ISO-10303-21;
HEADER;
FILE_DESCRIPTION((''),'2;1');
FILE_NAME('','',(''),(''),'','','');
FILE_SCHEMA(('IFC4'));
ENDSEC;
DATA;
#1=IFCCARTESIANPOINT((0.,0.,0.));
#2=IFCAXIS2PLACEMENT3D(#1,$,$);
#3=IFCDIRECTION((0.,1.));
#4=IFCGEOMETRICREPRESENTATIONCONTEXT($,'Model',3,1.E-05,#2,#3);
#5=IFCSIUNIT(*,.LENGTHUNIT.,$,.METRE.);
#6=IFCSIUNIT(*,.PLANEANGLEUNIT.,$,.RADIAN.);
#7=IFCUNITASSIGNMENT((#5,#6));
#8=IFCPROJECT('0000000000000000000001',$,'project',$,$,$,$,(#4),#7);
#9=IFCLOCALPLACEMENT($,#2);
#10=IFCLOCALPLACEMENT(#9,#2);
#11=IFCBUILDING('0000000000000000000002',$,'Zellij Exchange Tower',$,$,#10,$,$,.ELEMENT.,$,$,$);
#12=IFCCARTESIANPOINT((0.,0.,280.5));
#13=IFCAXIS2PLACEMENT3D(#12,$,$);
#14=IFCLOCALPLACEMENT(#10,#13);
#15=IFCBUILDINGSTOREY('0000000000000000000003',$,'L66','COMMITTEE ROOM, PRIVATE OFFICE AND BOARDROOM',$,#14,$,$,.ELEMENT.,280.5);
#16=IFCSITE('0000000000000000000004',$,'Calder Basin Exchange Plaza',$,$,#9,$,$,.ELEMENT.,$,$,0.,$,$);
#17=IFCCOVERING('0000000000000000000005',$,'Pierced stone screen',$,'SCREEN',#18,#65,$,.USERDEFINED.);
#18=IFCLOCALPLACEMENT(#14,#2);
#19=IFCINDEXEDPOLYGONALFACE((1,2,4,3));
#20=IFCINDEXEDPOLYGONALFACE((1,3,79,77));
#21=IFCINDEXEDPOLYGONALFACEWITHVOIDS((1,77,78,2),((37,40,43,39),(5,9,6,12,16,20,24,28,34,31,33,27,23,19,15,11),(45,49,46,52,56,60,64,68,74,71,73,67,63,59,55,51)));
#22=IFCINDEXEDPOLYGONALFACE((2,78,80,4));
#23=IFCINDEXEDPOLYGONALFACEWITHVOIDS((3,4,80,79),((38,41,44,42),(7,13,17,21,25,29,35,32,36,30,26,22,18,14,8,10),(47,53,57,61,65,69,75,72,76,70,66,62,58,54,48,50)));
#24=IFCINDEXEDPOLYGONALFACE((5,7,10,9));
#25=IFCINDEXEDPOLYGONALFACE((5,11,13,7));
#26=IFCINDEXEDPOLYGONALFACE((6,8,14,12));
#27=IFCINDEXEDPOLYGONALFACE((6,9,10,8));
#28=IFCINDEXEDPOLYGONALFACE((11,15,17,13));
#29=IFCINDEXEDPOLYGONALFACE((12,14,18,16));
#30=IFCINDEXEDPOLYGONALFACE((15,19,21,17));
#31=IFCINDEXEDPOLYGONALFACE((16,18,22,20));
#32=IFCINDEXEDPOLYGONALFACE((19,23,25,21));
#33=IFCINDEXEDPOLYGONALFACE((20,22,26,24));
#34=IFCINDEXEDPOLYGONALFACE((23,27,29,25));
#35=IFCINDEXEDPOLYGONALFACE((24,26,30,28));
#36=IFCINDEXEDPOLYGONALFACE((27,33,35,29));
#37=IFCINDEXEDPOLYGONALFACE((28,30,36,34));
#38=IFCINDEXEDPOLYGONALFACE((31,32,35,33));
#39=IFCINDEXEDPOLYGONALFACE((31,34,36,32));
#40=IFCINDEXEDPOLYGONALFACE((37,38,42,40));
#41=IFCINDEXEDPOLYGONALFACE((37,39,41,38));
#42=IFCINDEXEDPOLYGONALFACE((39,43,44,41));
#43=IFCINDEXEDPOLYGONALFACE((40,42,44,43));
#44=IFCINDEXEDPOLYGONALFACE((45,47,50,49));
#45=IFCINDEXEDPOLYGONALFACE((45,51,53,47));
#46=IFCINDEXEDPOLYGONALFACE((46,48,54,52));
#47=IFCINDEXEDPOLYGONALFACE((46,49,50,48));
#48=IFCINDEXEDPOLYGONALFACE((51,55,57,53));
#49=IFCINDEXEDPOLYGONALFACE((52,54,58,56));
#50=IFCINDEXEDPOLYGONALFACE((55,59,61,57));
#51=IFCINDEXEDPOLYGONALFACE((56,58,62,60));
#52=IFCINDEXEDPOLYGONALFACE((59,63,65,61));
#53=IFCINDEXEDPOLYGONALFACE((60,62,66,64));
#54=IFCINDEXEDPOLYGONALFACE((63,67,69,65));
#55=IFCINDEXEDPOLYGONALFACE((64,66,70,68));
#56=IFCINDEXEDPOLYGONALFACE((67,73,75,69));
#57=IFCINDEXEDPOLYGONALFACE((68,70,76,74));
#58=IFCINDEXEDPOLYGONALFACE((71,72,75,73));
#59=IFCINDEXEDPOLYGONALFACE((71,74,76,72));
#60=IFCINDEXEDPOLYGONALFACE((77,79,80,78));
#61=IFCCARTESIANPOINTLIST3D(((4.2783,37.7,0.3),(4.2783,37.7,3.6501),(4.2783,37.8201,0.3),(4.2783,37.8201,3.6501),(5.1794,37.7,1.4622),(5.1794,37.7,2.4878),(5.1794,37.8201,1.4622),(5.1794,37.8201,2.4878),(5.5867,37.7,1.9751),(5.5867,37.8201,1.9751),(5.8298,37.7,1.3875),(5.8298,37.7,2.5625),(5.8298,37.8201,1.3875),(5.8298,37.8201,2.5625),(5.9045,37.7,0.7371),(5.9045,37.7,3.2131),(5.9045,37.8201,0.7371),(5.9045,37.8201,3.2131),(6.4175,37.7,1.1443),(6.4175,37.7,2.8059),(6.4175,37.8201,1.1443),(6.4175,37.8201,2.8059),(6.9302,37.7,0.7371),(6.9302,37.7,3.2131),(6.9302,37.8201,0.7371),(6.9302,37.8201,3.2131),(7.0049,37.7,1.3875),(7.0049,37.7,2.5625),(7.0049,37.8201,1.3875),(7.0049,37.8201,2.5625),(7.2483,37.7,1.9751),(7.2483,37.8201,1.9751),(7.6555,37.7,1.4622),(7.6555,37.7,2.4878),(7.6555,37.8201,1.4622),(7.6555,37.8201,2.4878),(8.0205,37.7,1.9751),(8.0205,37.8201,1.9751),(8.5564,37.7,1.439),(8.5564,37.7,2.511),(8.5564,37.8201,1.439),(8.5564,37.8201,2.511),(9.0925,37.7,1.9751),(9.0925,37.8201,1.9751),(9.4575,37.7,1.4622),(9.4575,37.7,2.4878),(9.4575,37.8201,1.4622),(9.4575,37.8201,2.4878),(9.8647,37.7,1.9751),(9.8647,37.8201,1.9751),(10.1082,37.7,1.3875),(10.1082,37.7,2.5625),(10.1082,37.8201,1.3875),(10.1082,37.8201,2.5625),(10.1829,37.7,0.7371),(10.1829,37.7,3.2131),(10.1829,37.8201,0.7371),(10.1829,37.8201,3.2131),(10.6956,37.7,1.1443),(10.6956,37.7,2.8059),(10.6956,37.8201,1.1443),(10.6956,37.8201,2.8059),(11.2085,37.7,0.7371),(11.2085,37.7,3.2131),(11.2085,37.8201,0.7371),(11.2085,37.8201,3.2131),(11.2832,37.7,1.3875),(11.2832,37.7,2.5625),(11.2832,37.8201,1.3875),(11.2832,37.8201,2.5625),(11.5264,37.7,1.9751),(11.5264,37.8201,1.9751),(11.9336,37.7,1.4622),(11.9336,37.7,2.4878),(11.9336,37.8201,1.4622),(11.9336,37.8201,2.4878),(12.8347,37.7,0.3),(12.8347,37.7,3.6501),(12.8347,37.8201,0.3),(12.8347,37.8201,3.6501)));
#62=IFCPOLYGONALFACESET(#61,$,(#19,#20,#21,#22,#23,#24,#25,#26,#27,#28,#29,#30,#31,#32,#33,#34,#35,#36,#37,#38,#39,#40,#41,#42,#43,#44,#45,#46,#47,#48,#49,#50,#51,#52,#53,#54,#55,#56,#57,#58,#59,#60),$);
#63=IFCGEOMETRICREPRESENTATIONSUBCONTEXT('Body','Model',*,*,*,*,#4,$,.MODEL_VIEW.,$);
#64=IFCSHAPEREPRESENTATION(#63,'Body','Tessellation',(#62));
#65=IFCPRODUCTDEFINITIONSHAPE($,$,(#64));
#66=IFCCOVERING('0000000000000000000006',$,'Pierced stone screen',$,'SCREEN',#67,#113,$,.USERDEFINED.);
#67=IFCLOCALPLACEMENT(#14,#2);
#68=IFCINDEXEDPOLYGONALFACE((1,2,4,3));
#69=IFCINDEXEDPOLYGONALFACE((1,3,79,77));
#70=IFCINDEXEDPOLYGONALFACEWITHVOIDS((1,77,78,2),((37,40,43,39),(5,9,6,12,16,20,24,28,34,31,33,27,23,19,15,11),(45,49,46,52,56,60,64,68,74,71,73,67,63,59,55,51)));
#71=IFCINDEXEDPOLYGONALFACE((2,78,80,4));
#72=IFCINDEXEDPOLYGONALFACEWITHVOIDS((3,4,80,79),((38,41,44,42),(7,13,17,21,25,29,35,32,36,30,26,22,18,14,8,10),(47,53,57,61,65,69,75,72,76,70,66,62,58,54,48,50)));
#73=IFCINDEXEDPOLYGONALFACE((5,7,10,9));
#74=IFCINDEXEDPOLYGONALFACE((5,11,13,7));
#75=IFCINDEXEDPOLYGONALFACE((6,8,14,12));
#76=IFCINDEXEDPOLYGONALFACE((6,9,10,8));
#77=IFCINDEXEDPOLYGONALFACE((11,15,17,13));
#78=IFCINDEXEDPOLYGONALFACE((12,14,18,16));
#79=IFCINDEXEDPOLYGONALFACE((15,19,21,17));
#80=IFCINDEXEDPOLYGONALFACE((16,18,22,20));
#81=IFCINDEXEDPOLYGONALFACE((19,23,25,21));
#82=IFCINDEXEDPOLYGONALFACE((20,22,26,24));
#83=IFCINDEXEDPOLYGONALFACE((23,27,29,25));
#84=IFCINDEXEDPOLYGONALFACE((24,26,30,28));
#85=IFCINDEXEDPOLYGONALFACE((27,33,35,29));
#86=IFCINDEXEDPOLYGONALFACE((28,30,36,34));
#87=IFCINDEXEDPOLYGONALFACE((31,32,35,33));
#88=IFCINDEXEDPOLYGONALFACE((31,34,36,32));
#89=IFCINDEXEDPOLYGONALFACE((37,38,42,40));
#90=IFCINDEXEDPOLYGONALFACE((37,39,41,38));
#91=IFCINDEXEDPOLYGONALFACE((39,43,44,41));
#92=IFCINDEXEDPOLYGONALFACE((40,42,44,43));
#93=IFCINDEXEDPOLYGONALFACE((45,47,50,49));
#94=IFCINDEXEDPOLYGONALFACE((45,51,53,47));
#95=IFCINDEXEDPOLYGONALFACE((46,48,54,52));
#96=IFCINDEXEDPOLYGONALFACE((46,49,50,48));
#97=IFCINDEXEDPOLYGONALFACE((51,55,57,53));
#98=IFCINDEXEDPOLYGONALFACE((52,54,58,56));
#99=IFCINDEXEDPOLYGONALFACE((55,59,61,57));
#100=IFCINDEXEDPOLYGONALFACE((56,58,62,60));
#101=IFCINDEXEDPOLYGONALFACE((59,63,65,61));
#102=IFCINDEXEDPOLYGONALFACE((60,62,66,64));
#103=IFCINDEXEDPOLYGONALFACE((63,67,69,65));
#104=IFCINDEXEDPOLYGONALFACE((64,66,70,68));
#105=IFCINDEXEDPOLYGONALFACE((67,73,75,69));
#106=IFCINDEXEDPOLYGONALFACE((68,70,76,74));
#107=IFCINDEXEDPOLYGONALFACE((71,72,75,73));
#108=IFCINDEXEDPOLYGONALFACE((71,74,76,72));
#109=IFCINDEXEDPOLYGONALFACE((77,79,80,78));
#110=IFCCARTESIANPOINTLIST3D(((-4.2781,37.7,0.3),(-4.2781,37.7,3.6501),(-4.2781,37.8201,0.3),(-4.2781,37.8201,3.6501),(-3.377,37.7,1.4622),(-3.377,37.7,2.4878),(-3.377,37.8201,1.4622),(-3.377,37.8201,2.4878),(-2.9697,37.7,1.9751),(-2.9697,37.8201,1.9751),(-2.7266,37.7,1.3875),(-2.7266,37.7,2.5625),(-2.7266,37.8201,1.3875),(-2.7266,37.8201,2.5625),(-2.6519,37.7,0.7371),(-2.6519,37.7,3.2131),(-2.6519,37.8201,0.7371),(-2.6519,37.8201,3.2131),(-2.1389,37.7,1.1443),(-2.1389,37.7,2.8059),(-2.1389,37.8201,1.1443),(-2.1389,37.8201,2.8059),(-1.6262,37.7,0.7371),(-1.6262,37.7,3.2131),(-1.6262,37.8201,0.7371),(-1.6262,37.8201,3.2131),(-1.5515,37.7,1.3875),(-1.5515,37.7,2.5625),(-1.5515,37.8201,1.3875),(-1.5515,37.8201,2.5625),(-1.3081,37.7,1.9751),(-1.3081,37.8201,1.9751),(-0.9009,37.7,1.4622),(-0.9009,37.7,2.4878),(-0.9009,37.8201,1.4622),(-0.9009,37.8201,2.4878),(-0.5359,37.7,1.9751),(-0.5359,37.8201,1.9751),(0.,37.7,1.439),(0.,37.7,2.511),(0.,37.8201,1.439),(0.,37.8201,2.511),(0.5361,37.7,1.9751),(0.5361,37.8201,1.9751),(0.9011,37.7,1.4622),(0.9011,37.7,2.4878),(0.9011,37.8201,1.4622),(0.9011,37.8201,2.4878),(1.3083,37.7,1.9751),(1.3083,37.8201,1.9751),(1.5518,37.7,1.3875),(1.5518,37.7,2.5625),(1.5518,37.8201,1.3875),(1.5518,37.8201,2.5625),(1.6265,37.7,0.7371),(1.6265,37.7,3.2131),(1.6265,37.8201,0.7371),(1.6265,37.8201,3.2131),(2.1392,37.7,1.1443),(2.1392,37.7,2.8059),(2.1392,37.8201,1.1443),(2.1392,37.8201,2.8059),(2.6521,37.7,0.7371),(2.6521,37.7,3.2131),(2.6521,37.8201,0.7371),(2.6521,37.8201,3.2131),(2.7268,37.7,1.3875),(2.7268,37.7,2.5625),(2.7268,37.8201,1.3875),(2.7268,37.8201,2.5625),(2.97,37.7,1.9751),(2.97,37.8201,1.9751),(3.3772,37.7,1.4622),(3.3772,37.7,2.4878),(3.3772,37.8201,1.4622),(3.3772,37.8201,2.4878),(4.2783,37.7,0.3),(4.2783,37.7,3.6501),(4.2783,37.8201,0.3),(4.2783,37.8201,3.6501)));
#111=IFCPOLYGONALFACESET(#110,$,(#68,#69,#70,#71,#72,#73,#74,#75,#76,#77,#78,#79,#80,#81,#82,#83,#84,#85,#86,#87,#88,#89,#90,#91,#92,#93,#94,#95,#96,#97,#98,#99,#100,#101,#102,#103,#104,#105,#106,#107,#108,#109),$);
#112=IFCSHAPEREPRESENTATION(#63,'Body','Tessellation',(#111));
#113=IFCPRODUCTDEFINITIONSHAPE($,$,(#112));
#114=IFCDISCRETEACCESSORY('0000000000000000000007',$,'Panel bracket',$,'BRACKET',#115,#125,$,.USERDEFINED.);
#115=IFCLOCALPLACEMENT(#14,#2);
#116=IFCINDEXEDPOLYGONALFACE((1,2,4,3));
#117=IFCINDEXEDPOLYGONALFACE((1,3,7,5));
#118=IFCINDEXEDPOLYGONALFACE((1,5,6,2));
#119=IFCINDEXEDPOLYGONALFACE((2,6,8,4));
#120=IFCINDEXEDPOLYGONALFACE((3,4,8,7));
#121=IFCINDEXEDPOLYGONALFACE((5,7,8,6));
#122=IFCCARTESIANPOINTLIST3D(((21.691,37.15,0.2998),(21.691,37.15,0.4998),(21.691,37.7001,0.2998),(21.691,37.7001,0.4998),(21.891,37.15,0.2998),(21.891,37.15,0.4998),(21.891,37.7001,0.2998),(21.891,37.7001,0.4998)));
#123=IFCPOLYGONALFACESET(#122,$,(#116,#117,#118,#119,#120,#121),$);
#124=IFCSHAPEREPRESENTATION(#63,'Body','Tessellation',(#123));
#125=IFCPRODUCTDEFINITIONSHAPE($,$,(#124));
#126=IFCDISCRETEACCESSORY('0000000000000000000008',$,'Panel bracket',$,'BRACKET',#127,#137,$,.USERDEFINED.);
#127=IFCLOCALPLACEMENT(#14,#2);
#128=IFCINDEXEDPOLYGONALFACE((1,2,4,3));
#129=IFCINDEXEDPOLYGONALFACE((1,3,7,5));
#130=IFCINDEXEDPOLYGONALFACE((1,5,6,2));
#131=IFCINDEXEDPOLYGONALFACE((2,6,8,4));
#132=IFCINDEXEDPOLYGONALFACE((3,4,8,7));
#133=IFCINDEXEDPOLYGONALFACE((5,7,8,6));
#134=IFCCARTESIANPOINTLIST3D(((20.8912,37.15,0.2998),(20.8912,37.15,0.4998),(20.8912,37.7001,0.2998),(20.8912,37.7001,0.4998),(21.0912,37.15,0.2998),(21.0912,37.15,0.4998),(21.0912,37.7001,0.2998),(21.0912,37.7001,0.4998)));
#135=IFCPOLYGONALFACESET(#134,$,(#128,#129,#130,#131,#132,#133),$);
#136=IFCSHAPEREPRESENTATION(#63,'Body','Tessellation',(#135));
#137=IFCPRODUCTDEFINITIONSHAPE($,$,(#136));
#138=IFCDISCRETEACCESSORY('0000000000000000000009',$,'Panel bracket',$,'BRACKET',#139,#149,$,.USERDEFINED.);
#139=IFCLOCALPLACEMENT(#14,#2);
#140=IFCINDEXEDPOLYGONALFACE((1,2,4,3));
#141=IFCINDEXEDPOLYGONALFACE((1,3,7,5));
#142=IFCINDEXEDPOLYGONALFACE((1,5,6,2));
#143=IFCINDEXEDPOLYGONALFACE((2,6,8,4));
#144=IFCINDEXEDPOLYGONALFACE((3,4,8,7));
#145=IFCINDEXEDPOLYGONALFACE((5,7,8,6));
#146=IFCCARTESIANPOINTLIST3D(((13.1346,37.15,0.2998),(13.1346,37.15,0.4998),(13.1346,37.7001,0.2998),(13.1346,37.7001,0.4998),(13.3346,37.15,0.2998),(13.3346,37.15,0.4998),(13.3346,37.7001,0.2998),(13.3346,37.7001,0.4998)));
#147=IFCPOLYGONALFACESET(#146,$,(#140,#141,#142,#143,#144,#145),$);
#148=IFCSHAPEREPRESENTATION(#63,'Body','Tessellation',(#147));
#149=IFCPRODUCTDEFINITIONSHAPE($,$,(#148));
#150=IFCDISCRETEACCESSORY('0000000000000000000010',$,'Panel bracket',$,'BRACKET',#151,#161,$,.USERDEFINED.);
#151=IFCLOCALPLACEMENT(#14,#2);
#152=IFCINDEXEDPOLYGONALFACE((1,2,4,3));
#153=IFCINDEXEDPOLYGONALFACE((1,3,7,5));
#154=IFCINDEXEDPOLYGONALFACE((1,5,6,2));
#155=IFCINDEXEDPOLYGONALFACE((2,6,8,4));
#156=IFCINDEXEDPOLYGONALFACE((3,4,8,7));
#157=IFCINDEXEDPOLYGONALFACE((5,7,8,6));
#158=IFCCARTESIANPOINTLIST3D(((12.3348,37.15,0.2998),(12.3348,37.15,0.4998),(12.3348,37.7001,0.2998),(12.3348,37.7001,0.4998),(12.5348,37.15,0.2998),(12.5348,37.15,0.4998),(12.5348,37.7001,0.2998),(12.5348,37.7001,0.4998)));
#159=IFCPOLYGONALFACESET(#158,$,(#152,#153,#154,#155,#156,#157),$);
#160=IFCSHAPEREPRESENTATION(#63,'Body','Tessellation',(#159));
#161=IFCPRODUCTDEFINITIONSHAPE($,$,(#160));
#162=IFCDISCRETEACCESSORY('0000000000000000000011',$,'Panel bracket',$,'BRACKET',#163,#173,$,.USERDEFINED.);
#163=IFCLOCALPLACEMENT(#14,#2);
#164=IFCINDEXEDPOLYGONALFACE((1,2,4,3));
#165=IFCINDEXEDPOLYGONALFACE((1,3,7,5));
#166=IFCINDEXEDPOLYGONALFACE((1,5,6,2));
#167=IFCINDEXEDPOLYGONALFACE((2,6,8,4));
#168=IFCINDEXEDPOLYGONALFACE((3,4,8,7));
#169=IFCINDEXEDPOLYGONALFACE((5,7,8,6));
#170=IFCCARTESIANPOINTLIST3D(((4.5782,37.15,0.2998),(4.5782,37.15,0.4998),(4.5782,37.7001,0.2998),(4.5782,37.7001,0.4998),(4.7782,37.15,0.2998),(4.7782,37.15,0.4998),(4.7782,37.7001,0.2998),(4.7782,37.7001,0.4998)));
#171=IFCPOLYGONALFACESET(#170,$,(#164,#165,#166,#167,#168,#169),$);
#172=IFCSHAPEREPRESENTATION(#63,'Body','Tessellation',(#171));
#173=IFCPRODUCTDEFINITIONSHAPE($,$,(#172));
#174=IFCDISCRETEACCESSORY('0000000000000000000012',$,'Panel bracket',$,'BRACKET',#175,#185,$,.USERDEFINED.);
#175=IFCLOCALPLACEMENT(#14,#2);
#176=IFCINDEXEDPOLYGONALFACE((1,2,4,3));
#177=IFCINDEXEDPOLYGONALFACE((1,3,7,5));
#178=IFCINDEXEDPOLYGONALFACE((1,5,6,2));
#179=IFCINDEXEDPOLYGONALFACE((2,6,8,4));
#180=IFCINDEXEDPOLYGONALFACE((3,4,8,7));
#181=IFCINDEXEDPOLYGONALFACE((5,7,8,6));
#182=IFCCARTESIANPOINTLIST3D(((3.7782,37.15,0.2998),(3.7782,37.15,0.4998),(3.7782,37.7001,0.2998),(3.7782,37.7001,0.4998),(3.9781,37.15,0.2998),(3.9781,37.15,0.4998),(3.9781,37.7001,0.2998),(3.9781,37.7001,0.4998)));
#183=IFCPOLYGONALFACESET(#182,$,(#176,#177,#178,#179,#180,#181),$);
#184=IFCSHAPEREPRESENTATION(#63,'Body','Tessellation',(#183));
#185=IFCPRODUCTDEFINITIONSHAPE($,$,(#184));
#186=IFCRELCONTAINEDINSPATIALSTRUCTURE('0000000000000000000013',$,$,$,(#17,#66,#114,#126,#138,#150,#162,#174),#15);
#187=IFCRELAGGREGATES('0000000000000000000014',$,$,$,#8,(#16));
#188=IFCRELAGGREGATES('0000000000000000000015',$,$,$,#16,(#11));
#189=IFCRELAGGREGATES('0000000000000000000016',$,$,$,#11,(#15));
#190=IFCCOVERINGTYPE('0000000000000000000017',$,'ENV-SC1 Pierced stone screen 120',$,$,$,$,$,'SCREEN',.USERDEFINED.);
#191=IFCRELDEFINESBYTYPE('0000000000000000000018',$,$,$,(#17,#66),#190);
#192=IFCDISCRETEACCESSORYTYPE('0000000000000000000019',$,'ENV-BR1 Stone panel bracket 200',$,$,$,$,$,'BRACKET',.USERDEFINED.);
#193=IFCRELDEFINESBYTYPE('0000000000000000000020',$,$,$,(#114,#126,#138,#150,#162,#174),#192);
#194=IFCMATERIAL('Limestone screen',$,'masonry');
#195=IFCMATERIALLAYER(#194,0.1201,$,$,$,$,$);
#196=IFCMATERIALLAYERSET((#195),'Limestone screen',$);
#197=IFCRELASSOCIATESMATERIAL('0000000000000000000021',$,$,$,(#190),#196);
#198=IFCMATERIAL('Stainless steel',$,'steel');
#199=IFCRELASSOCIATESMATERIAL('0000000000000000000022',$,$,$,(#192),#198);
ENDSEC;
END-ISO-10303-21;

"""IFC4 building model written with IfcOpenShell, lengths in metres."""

from ifc_helpers import new_model, si_unit, direction, frame, origin, origin_2d, place, context, subcontext, project, spatial, polyline, rectangle, outline, extrude, material, layer, layer_set, type_object, element, save


model = new_model("IFC4")

# Units and contexts
model_context = context("Model", 3, precision=1e-05, world=origin(), true_north=direction((0.0, 1.0)))
body_context = subcontext(model_context, "Body", "Model", "MODEL_VIEW")
ifc_project = project(units=[si_unit("LENGTHUNIT", "METRE"), si_unit("PLANEANGLEUNIT", "RADIAN")], contexts=[model_context])

# Site, building, storey
site_placement = place(None, origin())
site = spatial("IfcSite", under=ifc_project, at=site_placement, Name="Calder Basin Exchange Plaza", CompositionType="ELEMENT", RefElevation=0.0)
building_placement = place(site_placement, origin())
building = spatial("IfcBuilding", under=site, at=building_placement, Name="Zellij Exchange Tower", CompositionType="ELEMENT")
storey_placement = place(building_placement, frame((0.0, 0.0, 280.5)))
storey = spatial("IfcBuildingStorey", under=building, at=storey_placement, Name="L66", Description="COMMITTEE ROOM, PRIVATE OFFICE AND BOARDROOM", CompositionType="ELEMENT", Elevation=280.5)

# Coverings
ifc_material_1 = material(Name="Limestone screen", Category="masonry")
ifc_layer_1 = layer(ifc_material_1, 0.1201)
ifc_layer_set_1 = layer_set([ifc_layer_1], Name="Limestone screen")
covering_type = type_object("IfcCoveringType", Name="ENV-SC1 Pierced stone screen 120", ElementType="SCREEN", PredefinedType="USERDEFINED", material=ifc_layer_set_1)
for number, where, z_axis, x_axis, name in (
    (1, (12.8347, 37.76, 0.3), (0.0, 0.0, 1.0), (-1.0, 0.0, 0.0), "Pierced stone screen"),
    (2, (4.2783, 37.76, 0.3), (0.0, 0.0, 1.0), (-1.0, 0.0, 0.0), "Pierced stone screen"),
):
    element("IfcCovering", number, at=place(storey_placement, frame(where, z_axis=z_axis, x_axis=x_axis)), inside=storey, type_object=covering_type, Name=name, ObjectType="SCREEN", PredefinedType="USERDEFINED", context=body_context, shape_type="SweptSolid", body=[
        extrude(outline(polyline([(0.0, 0.0), (8.5564, 0.0), (8.5564, 3.3501), (0.0, 3.3501), (0.0, 0.0)]), holes=[polyline([(3.3772, 2.1877), (2.7266, 2.2625), (2.6519, 2.9131), (2.1392, 2.5059), (1.6262, 2.9131), (1.5515, 2.2625), (0.9011, 2.1877), (1.3083, 1.675), (0.9011, 1.1621), (1.5515, 1.0874), (1.6262, 0.437), (2.1392, 0.8442), (2.6519, 0.437), (2.7266, 1.0874), (3.3772, 1.1621), (2.97, 1.675), (3.3772, 2.1877)]), polyline([(7.6553, 2.1877), (7.0049, 2.2625), (6.9302, 2.9131), (6.4172, 2.5059), (5.9045, 2.9131), (5.8298, 2.2625), (5.1792, 2.1877), (5.5864, 1.675), (5.1792, 1.1621), (5.8298, 1.0874), (5.9045, 0.437), (6.4172, 0.8442), (6.9302, 0.437), (7.0049, 1.0874), (7.6553, 1.1621), (7.248, 1.675), (7.6553, 2.1877)]), polyline([(4.8142, 1.675), (4.2783, 2.2109), (3.7422, 1.675), (4.2783, 1.1389), (4.8142, 1.675)])]), frame((0.0, 0.0601, 0.0), z_axis=(0.0, -1.0, 0.0), x_axis=(1.0, 0.0, 0.0)), (0.0, 0.0, 1.0), 0.1201),
    ])

# Discrete accessories
ifc_material_2 = material(Name="Stainless steel", Category="steel")
discrete_accessory_type = type_object("IfcDiscreteAccessoryType", Name="ENV-BR1 Stone panel bracket 200", ElementType="BRACKET", PredefinedType="USERDEFINED", material=ifc_material_2)
for number, where, z_axis, x_axis, name in (
    (3, (21.791, 37.425, 0.2998), (0.0, 0.0, 1.0), (-1.0, 0.0, 0.0), "Panel bracket"),
    (4, (20.9912, 37.425, 0.2998), (0.0, 0.0, 1.0), (-1.0, 0.0, 0.0), "Panel bracket"),
    (5, (13.2346, 37.425, 0.2998), (0.0, 0.0, 1.0), (-1.0, 0.0, 0.0), "Panel bracket"),
    (6, (12.4348, 37.425, 0.2998), (0.0, 0.0, 1.0), (-1.0, 0.0, 0.0), "Panel bracket"),
    (7, (4.6782, 37.425, 0.2998), (0.0, 0.0, 1.0), (-1.0, 0.0, 0.0), "Panel bracket"),
    (8, (3.8782, 37.425, 0.2998), (0.0, 0.0, 1.0), (-1.0, 0.0, 0.0), "Panel bracket"),
):
    element("IfcDiscreteAccessory", number, at=place(storey_placement, frame(where, z_axis=z_axis, x_axis=x_axis)), inside=storey, type_object=discrete_accessory_type, Name=name, ObjectType="BRACKET", PredefinedType="USERDEFINED", context=body_context, shape_type="SweptSolid", body=[
        extrude(rectangle(XDim=0.2, YDim=0.55, at=origin_2d()), origin(), (0.0, 0.0, 1.0), 0.2),
    ])

save(model, "model.ifc")
